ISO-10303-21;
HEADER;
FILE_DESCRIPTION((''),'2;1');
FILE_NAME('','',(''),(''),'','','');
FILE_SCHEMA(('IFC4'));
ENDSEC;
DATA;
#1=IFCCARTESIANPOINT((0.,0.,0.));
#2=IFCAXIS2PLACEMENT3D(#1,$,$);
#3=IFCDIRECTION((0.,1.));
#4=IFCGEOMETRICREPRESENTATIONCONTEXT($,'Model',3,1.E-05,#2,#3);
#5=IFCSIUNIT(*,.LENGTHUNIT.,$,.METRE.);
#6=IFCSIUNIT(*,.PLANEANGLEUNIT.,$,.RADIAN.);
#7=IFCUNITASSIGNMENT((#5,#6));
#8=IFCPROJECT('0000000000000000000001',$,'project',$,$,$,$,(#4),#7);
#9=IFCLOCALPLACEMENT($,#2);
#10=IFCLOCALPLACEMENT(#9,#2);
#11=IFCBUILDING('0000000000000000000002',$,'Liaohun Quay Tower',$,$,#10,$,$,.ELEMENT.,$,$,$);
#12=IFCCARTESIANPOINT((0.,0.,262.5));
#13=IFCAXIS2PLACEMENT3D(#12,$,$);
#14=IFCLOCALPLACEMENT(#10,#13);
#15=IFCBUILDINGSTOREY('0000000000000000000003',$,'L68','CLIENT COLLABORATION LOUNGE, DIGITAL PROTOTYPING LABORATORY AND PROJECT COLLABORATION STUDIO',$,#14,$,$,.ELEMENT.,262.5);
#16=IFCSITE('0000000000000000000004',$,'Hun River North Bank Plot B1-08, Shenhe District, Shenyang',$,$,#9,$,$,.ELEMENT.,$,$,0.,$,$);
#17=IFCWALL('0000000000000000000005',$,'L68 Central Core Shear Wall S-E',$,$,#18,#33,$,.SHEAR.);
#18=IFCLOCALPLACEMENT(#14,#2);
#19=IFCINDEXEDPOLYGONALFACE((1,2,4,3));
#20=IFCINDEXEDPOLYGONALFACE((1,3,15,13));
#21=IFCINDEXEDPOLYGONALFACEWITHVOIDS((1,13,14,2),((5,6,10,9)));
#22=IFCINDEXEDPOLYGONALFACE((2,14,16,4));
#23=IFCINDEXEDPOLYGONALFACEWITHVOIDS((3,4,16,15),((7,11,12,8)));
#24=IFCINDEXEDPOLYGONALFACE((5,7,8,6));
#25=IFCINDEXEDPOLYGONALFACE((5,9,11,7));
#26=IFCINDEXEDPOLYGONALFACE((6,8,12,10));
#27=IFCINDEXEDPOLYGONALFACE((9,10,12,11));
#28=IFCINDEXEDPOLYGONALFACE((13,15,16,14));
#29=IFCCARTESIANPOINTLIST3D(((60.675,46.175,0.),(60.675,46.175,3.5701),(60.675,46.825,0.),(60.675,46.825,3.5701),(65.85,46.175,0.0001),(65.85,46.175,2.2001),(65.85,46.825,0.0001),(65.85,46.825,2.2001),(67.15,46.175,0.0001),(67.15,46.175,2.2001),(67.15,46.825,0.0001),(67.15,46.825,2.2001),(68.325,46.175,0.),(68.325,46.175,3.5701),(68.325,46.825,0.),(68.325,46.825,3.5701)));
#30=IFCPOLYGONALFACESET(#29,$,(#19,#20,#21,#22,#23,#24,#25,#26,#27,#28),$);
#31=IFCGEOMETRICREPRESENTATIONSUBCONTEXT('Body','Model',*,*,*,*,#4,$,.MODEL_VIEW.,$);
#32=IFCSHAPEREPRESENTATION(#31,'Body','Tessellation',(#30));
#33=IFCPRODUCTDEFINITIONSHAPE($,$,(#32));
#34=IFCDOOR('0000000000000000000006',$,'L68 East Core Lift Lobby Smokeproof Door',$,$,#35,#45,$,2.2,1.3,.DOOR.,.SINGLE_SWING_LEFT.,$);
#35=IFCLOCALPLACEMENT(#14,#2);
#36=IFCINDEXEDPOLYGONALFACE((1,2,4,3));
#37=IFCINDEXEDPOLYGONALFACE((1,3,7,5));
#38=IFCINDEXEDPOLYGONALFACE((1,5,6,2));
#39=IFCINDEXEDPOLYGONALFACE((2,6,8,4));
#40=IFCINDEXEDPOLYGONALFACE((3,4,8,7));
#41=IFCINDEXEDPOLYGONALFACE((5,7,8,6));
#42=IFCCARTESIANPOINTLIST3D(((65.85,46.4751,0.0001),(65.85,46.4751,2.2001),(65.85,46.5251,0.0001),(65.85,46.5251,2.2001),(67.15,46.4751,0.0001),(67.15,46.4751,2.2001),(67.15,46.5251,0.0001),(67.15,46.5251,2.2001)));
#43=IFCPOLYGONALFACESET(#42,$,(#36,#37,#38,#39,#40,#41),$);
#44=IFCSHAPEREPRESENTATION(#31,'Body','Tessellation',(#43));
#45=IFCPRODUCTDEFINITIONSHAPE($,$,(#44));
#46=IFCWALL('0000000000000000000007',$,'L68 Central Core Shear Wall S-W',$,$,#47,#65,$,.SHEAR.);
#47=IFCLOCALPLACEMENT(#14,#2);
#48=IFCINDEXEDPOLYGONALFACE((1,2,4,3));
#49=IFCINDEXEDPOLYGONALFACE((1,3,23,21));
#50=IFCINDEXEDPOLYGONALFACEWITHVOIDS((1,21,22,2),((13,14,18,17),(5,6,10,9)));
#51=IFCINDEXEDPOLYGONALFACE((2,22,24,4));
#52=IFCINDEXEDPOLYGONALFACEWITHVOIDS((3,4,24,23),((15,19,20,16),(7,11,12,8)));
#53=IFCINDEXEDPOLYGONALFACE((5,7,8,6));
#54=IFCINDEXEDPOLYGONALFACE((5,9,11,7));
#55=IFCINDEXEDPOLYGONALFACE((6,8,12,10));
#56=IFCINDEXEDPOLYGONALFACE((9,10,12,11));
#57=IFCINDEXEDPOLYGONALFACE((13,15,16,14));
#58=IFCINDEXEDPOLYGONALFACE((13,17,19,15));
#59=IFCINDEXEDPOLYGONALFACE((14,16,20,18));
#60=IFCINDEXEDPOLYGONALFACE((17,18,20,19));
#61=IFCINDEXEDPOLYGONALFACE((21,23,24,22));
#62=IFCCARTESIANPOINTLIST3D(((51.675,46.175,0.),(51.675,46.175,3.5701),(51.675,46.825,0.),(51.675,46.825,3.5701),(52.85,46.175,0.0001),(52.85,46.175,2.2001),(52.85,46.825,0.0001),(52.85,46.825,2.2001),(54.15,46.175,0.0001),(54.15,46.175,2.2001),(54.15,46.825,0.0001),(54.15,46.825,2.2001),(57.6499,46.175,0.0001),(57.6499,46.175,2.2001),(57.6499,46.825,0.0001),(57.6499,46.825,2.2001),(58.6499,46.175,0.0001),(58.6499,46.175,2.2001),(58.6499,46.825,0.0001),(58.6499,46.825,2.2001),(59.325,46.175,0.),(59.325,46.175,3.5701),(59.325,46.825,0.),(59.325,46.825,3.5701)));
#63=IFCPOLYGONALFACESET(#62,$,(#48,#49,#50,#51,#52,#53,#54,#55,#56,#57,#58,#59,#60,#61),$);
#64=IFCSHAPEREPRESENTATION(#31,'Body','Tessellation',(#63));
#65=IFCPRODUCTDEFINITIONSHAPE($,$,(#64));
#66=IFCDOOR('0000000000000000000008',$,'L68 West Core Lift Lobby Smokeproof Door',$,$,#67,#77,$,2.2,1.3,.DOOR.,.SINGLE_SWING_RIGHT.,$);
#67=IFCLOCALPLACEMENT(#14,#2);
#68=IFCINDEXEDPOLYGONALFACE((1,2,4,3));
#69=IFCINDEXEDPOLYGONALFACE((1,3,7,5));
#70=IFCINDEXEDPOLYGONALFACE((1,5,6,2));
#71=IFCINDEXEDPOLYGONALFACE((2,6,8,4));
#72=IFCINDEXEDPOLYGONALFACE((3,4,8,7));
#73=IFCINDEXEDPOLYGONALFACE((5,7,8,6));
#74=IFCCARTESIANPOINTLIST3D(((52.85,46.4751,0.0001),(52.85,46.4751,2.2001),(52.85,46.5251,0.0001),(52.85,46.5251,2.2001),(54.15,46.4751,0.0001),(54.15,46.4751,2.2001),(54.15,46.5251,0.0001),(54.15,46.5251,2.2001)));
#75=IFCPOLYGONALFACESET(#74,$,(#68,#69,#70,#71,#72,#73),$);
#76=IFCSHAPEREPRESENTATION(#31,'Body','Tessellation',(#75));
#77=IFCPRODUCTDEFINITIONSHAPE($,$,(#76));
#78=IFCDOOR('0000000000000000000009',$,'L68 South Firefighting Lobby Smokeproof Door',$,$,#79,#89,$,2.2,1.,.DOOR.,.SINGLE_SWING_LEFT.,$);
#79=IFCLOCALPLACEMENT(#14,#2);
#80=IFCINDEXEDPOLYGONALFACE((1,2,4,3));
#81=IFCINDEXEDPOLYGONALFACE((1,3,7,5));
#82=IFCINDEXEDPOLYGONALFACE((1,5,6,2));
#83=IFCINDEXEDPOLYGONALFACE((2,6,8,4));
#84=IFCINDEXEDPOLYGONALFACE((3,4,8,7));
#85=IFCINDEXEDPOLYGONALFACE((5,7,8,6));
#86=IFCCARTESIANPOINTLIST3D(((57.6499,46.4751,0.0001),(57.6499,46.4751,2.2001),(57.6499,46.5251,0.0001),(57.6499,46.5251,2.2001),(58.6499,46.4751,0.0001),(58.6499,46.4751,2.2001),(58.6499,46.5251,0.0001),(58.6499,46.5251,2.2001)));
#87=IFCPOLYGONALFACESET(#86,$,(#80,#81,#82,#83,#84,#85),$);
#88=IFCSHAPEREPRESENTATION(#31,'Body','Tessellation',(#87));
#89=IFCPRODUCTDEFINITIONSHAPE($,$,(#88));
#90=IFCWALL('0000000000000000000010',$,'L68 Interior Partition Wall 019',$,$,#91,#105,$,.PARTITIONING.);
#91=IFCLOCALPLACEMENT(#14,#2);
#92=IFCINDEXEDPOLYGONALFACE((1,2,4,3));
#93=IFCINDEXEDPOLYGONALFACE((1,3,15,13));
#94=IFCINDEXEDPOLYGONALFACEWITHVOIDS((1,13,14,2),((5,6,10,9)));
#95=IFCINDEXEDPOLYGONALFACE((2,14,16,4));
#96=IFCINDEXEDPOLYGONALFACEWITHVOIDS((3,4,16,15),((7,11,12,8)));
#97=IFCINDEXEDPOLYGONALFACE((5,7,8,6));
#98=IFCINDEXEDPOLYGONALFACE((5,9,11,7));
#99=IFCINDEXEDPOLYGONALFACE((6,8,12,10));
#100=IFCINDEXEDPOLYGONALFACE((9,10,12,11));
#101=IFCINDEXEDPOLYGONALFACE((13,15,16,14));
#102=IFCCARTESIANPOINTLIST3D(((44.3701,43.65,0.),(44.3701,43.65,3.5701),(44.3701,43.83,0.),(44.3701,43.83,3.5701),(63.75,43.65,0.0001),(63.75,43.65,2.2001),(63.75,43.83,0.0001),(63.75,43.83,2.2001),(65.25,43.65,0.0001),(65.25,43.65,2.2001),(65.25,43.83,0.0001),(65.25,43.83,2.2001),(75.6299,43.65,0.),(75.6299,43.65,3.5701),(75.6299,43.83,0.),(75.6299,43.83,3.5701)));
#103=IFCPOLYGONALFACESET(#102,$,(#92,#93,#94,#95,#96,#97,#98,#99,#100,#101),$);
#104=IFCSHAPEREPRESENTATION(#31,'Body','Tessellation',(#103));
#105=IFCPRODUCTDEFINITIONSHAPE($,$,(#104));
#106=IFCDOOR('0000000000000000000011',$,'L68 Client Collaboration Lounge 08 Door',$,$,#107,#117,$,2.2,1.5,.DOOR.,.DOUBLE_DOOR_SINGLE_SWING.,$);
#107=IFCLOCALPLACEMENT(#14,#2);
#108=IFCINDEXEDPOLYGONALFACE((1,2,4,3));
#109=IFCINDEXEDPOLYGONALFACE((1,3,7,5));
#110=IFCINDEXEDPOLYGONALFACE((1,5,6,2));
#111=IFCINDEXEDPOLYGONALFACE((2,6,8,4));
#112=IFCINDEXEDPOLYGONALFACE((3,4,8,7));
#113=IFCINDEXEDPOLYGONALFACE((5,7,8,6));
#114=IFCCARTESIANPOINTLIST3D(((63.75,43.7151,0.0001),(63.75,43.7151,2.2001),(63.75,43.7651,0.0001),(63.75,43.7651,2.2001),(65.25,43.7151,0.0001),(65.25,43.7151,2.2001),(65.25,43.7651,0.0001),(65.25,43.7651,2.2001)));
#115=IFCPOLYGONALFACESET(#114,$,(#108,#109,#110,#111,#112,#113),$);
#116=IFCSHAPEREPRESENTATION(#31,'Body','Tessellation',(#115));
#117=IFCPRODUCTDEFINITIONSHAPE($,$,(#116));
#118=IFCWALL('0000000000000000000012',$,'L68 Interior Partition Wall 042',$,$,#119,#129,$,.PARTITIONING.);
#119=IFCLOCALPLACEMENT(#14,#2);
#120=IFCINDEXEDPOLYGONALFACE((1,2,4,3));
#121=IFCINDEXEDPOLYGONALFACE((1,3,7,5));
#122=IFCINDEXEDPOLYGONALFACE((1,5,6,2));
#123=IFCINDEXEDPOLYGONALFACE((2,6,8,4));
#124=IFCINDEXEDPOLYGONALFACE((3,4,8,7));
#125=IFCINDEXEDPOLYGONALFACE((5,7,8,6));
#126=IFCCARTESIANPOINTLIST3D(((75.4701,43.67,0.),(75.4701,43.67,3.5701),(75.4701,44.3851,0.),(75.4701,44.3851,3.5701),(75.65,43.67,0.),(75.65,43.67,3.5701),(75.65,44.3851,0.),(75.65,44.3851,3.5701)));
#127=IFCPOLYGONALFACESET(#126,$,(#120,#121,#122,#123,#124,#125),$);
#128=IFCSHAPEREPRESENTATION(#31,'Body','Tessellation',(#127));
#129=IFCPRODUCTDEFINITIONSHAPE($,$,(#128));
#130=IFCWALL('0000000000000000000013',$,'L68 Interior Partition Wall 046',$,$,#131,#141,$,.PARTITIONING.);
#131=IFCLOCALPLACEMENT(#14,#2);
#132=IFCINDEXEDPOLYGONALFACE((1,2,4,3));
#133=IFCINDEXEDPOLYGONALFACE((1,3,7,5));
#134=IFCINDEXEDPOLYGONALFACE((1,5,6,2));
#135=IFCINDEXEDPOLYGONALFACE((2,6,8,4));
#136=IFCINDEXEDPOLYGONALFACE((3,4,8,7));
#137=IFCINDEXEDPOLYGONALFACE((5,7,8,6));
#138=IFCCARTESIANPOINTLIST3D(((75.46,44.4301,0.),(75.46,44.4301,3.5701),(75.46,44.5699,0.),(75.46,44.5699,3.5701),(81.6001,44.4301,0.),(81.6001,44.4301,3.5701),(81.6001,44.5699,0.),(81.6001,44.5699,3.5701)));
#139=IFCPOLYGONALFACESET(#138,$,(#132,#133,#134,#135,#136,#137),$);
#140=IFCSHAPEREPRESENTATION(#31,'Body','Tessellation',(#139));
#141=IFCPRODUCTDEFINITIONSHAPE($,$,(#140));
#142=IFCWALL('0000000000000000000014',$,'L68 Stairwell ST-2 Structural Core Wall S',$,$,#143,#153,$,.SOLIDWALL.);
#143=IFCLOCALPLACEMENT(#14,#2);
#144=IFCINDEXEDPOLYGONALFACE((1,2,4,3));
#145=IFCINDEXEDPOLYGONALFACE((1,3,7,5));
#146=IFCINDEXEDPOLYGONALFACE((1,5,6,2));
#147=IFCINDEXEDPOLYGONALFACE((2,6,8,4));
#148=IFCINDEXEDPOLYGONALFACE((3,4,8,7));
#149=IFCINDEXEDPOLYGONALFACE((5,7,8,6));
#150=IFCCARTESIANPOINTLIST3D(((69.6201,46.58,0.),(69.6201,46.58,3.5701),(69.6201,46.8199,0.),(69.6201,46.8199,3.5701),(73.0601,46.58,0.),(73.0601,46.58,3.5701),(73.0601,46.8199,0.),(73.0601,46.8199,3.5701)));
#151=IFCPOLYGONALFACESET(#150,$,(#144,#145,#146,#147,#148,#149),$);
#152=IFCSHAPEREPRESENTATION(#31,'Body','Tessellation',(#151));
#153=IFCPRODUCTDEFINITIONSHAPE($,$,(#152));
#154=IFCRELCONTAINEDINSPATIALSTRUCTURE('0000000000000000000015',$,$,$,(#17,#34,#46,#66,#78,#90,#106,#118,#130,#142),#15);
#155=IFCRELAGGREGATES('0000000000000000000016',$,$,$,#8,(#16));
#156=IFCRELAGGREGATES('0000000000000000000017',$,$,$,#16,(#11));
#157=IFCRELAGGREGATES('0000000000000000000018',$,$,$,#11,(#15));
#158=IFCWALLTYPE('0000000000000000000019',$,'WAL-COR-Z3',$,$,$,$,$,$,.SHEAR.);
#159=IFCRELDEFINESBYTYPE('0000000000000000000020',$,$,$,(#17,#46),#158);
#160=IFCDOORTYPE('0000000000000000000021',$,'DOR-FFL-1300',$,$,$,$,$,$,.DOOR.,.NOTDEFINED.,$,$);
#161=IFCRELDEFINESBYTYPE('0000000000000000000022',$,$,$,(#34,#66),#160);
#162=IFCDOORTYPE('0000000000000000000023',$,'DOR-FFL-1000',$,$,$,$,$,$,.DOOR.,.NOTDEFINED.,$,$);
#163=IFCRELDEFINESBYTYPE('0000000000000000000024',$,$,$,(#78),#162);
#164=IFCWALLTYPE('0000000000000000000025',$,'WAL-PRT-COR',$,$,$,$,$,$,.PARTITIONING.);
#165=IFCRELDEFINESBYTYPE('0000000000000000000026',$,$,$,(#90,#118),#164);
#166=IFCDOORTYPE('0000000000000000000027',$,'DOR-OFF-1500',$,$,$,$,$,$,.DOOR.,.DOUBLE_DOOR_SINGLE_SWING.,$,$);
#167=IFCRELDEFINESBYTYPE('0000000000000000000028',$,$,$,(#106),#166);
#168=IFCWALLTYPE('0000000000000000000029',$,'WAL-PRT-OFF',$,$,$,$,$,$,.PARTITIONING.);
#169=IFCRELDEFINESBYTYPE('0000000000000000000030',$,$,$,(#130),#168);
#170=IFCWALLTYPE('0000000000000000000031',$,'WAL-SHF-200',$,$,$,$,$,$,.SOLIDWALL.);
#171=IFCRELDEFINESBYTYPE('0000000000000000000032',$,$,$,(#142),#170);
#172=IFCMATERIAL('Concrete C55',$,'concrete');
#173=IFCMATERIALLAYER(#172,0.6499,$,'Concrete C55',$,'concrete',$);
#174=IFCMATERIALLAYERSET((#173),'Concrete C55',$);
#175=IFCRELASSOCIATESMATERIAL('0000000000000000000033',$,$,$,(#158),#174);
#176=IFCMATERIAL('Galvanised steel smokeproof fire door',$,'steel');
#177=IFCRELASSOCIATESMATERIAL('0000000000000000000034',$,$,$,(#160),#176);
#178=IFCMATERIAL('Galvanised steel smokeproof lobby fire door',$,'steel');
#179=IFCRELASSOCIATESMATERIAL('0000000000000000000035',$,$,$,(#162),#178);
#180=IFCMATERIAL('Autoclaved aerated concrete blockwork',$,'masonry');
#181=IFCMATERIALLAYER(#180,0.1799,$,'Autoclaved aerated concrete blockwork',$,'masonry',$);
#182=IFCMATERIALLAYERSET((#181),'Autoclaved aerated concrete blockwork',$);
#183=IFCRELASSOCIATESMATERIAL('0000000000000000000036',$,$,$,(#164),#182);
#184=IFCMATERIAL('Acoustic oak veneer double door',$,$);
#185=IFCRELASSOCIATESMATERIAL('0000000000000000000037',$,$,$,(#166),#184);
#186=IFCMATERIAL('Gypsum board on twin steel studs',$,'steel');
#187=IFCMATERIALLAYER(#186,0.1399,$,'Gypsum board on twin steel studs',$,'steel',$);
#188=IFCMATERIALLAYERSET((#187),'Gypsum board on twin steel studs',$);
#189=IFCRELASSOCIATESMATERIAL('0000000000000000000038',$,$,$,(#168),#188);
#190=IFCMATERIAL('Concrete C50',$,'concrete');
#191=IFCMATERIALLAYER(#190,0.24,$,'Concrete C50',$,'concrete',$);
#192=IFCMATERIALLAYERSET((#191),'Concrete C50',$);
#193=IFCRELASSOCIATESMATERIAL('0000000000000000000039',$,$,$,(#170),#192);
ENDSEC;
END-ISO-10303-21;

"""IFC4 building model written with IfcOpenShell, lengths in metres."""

from ifc_helpers import new_model, si_unit, direction, frame, frame_2d, origin, place, context, subcontext, project, spatial, rectangle, extrude, source, transform, mapped, material, layer, layer_set, type_object, element, fill, save


model = new_model("IFC4")

# Units and contexts
model_context = context("Model", 3, precision=1e-05, world=origin(), true_north=direction((0.0, 1.0)))
body_context = subcontext(model_context, "Body", "Model", "MODEL_VIEW")
ifc_project = project(units=[si_unit("LENGTHUNIT", "METRE"), si_unit("PLANEANGLEUNIT", "RADIAN")], contexts=[model_context])

# Site, building, storey
site_placement = place(None, origin())
site = spatial("IfcSite", under=ifc_project, at=site_placement, Name="Hun River North Bank Plot B1-08, Shenhe District, Shenyang", CompositionType="ELEMENT", RefElevation=0.0)
building_placement = place(site_placement, origin())
building = spatial("IfcBuilding", under=site, at=building_placement, Name="Liaohun Quay Tower", CompositionType="ELEMENT")
storey_placement = place(building_placement, frame((0.0, 0.0, 262.5)))
storey = spatial("IfcBuildingStorey", under=building, at=storey_placement, Name="L68", Description="CLIENT COLLABORATION LOUNGE, DIGITAL PROTOTYPING LABORATORY AND PROJECT COLLABORATION STUDIO", CompositionType="ELEMENT", Elevation=262.5)

# Shared definitions
ifc_material_1 = material(Name="Concrete C55", Category="concrete")

# Wall, opening, door
ifc_layer_1 = layer(ifc_material_1, 0.6499, Name="Concrete C55", Category="concrete")
ifc_layer_set_1 = layer_set([ifc_layer_1], Name="Concrete C55")
wall_type_1 = type_object("IfcWallType", Name="WAL-COR-Z3", PredefinedType="SHEAR", material=ifc_layer_set_1)
wall_1_placement = place(storey_placement, frame((68.325, 46.5, 0.0), z_axis=(0.0, 0.0, 1.0), x_axis=(-1.0, 0.0, 0.0)))
wall_1 = element("IfcWall", 1, at=wall_1_placement, inside=storey, type_object=wall_type_1, Name="L68 Central Core Shear Wall S-E", PredefinedType="SHEAR", context=body_context, shape_type="SweptSolid", body=[
    extrude(rectangle(XDim=7.6499, YDim=0.6499, at=frame_2d((3.825, 0.0))), origin(), (0.0, 0.0, 1.0), 3.5701),
])
shared_shape_1 = source(origin(), body_context, "Body", "SweptSolid", [
    extrude(rectangle(XDim=1.3, YDim=2.2, at=frame_2d((0.6499, 1.1001))), frame((0.0, 0.335, 0.0), z_axis=(0.0, -1.0, 0.0), x_axis=(1.0, 0.0, 0.0)), (0.0, 0.0, 1.0), 0.6699),
])
opening_1_placement = place(wall_1_placement, frame((1.175, 0.0, 0.0)))
opening_1 = element("IfcOpeningElement", 2, at=opening_1_placement, cuts=wall_1, PredefinedType="OPENING", context=body_context, shape_type="MappedRepresentation", body=[
    mapped(shared_shape_1, transform((0.0, 0.0, 0.0), x_axis=(1.0, 0.0, 0.0), y_axis=(0.0, 1.0, 0.0), z_axis=(0.0, 0.0, 1.0), scale=1.0)),
])
ifc_material_2 = material(Name="Galvanised steel smokeproof fire door", Category="steel")
door_type_1 = type_object("IfcDoorType", Name="DOR-FFL-1300", OperationType="NOTDEFINED", PredefinedType="DOOR", material=ifc_material_2)
shared_shape_2 = source(origin(), body_context, "Body", "SweptSolid", [
    extrude(rectangle(XDim=1.3, YDim=2.2, at=frame_2d((0.6499, 1.1001))), frame((0.0, 0.0249, 0.0), z_axis=(0.0, -1.0, 0.0), x_axis=(1.0, 0.0, 0.0)), (0.0, 0.0, 1.0), 0.05),
])
door_1_placement = place(opening_1_placement, origin())
door_1 = element("IfcDoor", 3, at=door_1_placement, inside=storey, type_object=door_type_1, Name="L68 East Core Lift Lobby Smokeproof Door", OperationType="SINGLE_SWING_LEFT", OverallHeight=2.2, OverallWidth=1.3, PredefinedType="DOOR", context=body_context, shape_type="MappedRepresentation", body=[
    mapped(shared_shape_2, transform((0.0, 0.0, 0.0), x_axis=(1.0, 0.0, 0.0), y_axis=(0.0, 1.0, 0.0), z_axis=(0.0, 0.0, 1.0), scale=1.0)),
])
fill(opening_1, door_1)

# Wall, openings, doors
wall_2_placement = place(storey_placement, frame((59.325, 46.5, 0.0), z_axis=(0.0, 0.0, 1.0), x_axis=(-1.0, 0.0, 0.0)))
wall_2 = element("IfcWall", 4, at=wall_2_placement, inside=storey, type_object=wall_type_1, Name="L68 Central Core Shear Wall S-W", PredefinedType="SHEAR", context=body_context, shape_type="SweptSolid", body=[
    extrude(rectangle(XDim=7.6499, YDim=0.6499, at=frame_2d((3.825, 0.0))), origin(), (0.0, 0.0, 1.0), 3.5701),
])
opening_2_placement = place(wall_2_placement, frame((5.175, 0.0, 0.0)))
opening_2 = element("IfcOpeningElement", 5, at=opening_2_placement, cuts=wall_2, PredefinedType="OPENING", context=body_context, shape_type="MappedRepresentation", body=[
    mapped(shared_shape_1, transform((0.0, 0.0, 0.0), x_axis=(1.0, 0.0, 0.0), y_axis=(0.0, 1.0, 0.0), z_axis=(0.0, 0.0, 1.0), scale=1.0)),
])
shared_shape_3 = source(origin(), body_context, "Body", "SweptSolid", [
    extrude(rectangle(XDim=1.0, YDim=2.2, at=frame_2d((0.5, 1.1001))), frame((0.0, 0.335, 0.0), z_axis=(0.0, -1.0, 0.0), x_axis=(1.0, 0.0, 0.0)), (0.0, 0.0, 1.0), 0.6699),
])
opening_3_placement = place(wall_2_placement, frame((0.675, 0.0, 0.0)))
opening_3 = element("IfcOpeningElement", 6, at=opening_3_placement, cuts=wall_2, PredefinedType="OPENING", context=body_context, shape_type="MappedRepresentation", body=[
    mapped(shared_shape_3, transform((0.0, 0.0, 0.0), x_axis=(1.0, 0.0, 0.0), y_axis=(0.0, 1.0, 0.0), z_axis=(0.0, 0.0, 1.0), scale=1.0)),
])
door_2_placement = place(opening_2_placement, origin())
door_2 = element("IfcDoor", 7, at=door_2_placement, inside=storey, type_object=door_type_1, Name="L68 West Core Lift Lobby Smokeproof Door", OperationType="SINGLE_SWING_RIGHT", OverallHeight=2.2, OverallWidth=1.3, PredefinedType="DOOR", context=body_context, shape_type="MappedRepresentation", body=[
    mapped(shared_shape_2, transform((0.0, 0.0, 0.0), x_axis=(1.0, 0.0, 0.0), y_axis=(0.0, 1.0, 0.0), z_axis=(0.0, 0.0, 1.0), scale=1.0)),
])
fill(opening_2, door_2)
ifc_material_3 = material(Name="Galvanised steel smokeproof lobby fire door", Category="steel")
door_type_2 = type_object("IfcDoorType", Name="DOR-FFL-1000", OperationType="NOTDEFINED", PredefinedType="DOOR", material=ifc_material_3)
shared_shape_4 = source(origin(), body_context, "Body", "SweptSolid", [
    extrude(rectangle(XDim=1.0, YDim=2.2, at=frame_2d((0.5, 1.1001))), frame((0.0, 0.0249, 0.0), z_axis=(0.0, -1.0, 0.0), x_axis=(1.0, 0.0, 0.0)), (0.0, 0.0, 1.0), 0.05),
])
door_3_placement = place(opening_3_placement, origin())
door_3 = element("IfcDoor", 8, at=door_3_placement, inside=storey, type_object=door_type_2, Name="L68 South Firefighting Lobby Smokeproof Door", OperationType="SINGLE_SWING_LEFT", OverallHeight=2.2, OverallWidth=1.0, PredefinedType="DOOR", context=body_context, shape_type="MappedRepresentation", body=[
    mapped(shared_shape_4, transform((0.0, 0.0, 0.0), x_axis=(1.0, 0.0, 0.0), y_axis=(0.0, 1.0, 0.0), z_axis=(0.0, 0.0, 1.0), scale=1.0)),
])
fill(opening_3, door_3)

# Wall, opening, door
ifc_material_4 = material(Name="Autoclaved aerated concrete blockwork", Category="masonry")
ifc_layer_2 = layer(ifc_material_4, 0.1799, Name="Autoclaved aerated concrete blockwork", Category="masonry")
ifc_layer_set_2 = layer_set([ifc_layer_2], Name="Autoclaved aerated concrete blockwork")
wall_type_2 = type_object("IfcWallType", Name="WAL-PRT-COR", PredefinedType="PARTITIONING", material=ifc_layer_set_2)
wall_3_placement = place(storey_placement, frame((75.6299, 43.74, 0.0), z_axis=(0.0, 0.0, 1.0), x_axis=(-1.0, 0.0, 0.0)))
wall_3 = element("IfcWall", 9, at=wall_3_placement, inside=storey, type_object=wall_type_2, Name="L68 Interior Partition Wall 019", PredefinedType="PARTITIONING", context=body_context, shape_type="SweptSolid", body=[
    extrude(rectangle(XDim=31.2598, YDim=0.1799, at=frame_2d((15.6299, 0.0))), origin(), (0.0, 0.0, 1.0), 3.5701),
])
shared_shape_5 = source(origin(), body_context, "Body", "SweptSolid", [
    extrude(rectangle(XDim=1.5, YDim=2.2, at=frame_2d((0.75, 1.1001))), frame((0.0, 0.0999, 0.0), z_axis=(0.0, -1.0, 0.0), x_axis=(1.0, 0.0, 0.0)), (0.0, 0.0, 1.0), 0.2),
])
opening_4_placement = place(wall_3_placement, frame((10.3799, 0.0, 0.0)))
opening_4 = element("IfcOpeningElement", 10, at=opening_4_placement, cuts=wall_3, PredefinedType="OPENING", context=body_context, shape_type="MappedRepresentation", body=[
    mapped(shared_shape_5, transform((0.0, 0.0, 0.0), x_axis=(1.0, 0.0, 0.0), y_axis=(0.0, 1.0, 0.0), z_axis=(0.0, 0.0, 1.0), scale=1.0)),
])
ifc_material_5 = material(Name="Acoustic oak veneer double door")
door_type_3 = type_object("IfcDoorType", Name="DOR-OFF-1500", OperationType="DOUBLE_DOOR_SINGLE_SWING", PredefinedType="DOOR", material=ifc_material_5)
shared_shape_6 = source(origin(), body_context, "Body", "SweptSolid", [
    extrude(rectangle(XDim=1.5, YDim=2.2, at=frame_2d((0.75, 1.1001))), frame((0.0, 0.0249, 0.0), z_axis=(0.0, -1.0, 0.0), x_axis=(1.0, 0.0, 0.0)), (0.0, 0.0, 1.0), 0.05),
])
door_4_placement = place(opening_4_placement, origin())
door_4 = element("IfcDoor", 11, at=door_4_placement, inside=storey, type_object=door_type_3, Name="L68 Client Collaboration Lounge 08 Door", OperationType="DOUBLE_DOOR_SINGLE_SWING", OverallHeight=2.2, OverallWidth=1.5, PredefinedType="DOOR", context=body_context, shape_type="MappedRepresentation", body=[
    mapped(shared_shape_6, transform((0.0, 0.0, 0.0), x_axis=(1.0, 0.0, 0.0), y_axis=(0.0, 1.0, 0.0), z_axis=(0.0, 0.0, 1.0), scale=1.0)),
])
fill(opening_4, door_4)

# Walls
wall_4_placement = place(storey_placement, frame((75.5601, 44.385, 0.0), z_axis=(0.0, 0.0, 1.0), x_axis=(0.0, -1.0, 0.0)))
element("IfcWall", 12, at=wall_4_placement, inside=storey, type_object=wall_type_2, Name="L68 Interior Partition Wall 042", PredefinedType="PARTITIONING", context=body_context, shape_type="SweptSolid", body=[
    extrude(rectangle(XDim=0.7151, YDim=0.1799, at=frame_2d((0.3574, 0.0))), origin(), (0.0, 0.0, 1.0), 3.5701),
])
ifc_material_6 = material(Name="Gypsum board on twin steel studs", Category="steel")
ifc_layer_3 = layer(ifc_material_6, 0.1399, Name="Gypsum board on twin steel studs", Category="steel")
ifc_layer_set_3 = layer_set([ifc_layer_3], Name="Gypsum board on twin steel studs")
wall_type_3 = type_object("IfcWallType", Name="WAL-PRT-OFF", PredefinedType="PARTITIONING", material=ifc_layer_set_3)
wall_5_placement = place(storey_placement, frame((75.46, 44.5, 0.0), z_axis=(0.0, 0.0, 1.0), x_axis=(1.0, 0.0, 0.0)))
element("IfcWall", 13, at=wall_5_placement, inside=storey, type_object=wall_type_3, Name="L68 Interior Partition Wall 046", PredefinedType="PARTITIONING", context=body_context, shape_type="SweptSolid", body=[
    extrude(rectangle(XDim=6.1401, YDim=0.1399, at=frame_2d((3.0701, 0.0))), origin(), (0.0, 0.0, 1.0), 3.5701),
])
ifc_material_7 = material(Name="Concrete C50", Category="concrete")
ifc_layer_4 = layer(ifc_material_7, 0.24, Name="Concrete C50", Category="concrete")
ifc_layer_set_4 = layer_set([ifc_layer_4], Name="Concrete C50")
wall_type_4 = type_object("IfcWallType", Name="WAL-SHF-200", PredefinedType="SOLIDWALL", material=ifc_layer_set_4)
wall_6_placement = place(storey_placement, frame((69.6201, 46.7, 0.0), z_axis=(0.0, 0.0, 1.0), x_axis=(1.0, 0.0, 0.0)))
element("IfcWall", 14, at=wall_6_placement, inside=storey, type_object=wall_type_4, Name="L68 Stairwell ST-2 Structural Core Wall S", PredefinedType="SOLIDWALL", context=body_context, shape_type="SweptSolid", body=[
    extrude(rectangle(XDim=3.4399, YDim=0.24, at=frame_2d((1.72, 0.0))), origin(), (0.0, 0.0, 1.0), 3.5701),
])

save(model, "model.ifc")
